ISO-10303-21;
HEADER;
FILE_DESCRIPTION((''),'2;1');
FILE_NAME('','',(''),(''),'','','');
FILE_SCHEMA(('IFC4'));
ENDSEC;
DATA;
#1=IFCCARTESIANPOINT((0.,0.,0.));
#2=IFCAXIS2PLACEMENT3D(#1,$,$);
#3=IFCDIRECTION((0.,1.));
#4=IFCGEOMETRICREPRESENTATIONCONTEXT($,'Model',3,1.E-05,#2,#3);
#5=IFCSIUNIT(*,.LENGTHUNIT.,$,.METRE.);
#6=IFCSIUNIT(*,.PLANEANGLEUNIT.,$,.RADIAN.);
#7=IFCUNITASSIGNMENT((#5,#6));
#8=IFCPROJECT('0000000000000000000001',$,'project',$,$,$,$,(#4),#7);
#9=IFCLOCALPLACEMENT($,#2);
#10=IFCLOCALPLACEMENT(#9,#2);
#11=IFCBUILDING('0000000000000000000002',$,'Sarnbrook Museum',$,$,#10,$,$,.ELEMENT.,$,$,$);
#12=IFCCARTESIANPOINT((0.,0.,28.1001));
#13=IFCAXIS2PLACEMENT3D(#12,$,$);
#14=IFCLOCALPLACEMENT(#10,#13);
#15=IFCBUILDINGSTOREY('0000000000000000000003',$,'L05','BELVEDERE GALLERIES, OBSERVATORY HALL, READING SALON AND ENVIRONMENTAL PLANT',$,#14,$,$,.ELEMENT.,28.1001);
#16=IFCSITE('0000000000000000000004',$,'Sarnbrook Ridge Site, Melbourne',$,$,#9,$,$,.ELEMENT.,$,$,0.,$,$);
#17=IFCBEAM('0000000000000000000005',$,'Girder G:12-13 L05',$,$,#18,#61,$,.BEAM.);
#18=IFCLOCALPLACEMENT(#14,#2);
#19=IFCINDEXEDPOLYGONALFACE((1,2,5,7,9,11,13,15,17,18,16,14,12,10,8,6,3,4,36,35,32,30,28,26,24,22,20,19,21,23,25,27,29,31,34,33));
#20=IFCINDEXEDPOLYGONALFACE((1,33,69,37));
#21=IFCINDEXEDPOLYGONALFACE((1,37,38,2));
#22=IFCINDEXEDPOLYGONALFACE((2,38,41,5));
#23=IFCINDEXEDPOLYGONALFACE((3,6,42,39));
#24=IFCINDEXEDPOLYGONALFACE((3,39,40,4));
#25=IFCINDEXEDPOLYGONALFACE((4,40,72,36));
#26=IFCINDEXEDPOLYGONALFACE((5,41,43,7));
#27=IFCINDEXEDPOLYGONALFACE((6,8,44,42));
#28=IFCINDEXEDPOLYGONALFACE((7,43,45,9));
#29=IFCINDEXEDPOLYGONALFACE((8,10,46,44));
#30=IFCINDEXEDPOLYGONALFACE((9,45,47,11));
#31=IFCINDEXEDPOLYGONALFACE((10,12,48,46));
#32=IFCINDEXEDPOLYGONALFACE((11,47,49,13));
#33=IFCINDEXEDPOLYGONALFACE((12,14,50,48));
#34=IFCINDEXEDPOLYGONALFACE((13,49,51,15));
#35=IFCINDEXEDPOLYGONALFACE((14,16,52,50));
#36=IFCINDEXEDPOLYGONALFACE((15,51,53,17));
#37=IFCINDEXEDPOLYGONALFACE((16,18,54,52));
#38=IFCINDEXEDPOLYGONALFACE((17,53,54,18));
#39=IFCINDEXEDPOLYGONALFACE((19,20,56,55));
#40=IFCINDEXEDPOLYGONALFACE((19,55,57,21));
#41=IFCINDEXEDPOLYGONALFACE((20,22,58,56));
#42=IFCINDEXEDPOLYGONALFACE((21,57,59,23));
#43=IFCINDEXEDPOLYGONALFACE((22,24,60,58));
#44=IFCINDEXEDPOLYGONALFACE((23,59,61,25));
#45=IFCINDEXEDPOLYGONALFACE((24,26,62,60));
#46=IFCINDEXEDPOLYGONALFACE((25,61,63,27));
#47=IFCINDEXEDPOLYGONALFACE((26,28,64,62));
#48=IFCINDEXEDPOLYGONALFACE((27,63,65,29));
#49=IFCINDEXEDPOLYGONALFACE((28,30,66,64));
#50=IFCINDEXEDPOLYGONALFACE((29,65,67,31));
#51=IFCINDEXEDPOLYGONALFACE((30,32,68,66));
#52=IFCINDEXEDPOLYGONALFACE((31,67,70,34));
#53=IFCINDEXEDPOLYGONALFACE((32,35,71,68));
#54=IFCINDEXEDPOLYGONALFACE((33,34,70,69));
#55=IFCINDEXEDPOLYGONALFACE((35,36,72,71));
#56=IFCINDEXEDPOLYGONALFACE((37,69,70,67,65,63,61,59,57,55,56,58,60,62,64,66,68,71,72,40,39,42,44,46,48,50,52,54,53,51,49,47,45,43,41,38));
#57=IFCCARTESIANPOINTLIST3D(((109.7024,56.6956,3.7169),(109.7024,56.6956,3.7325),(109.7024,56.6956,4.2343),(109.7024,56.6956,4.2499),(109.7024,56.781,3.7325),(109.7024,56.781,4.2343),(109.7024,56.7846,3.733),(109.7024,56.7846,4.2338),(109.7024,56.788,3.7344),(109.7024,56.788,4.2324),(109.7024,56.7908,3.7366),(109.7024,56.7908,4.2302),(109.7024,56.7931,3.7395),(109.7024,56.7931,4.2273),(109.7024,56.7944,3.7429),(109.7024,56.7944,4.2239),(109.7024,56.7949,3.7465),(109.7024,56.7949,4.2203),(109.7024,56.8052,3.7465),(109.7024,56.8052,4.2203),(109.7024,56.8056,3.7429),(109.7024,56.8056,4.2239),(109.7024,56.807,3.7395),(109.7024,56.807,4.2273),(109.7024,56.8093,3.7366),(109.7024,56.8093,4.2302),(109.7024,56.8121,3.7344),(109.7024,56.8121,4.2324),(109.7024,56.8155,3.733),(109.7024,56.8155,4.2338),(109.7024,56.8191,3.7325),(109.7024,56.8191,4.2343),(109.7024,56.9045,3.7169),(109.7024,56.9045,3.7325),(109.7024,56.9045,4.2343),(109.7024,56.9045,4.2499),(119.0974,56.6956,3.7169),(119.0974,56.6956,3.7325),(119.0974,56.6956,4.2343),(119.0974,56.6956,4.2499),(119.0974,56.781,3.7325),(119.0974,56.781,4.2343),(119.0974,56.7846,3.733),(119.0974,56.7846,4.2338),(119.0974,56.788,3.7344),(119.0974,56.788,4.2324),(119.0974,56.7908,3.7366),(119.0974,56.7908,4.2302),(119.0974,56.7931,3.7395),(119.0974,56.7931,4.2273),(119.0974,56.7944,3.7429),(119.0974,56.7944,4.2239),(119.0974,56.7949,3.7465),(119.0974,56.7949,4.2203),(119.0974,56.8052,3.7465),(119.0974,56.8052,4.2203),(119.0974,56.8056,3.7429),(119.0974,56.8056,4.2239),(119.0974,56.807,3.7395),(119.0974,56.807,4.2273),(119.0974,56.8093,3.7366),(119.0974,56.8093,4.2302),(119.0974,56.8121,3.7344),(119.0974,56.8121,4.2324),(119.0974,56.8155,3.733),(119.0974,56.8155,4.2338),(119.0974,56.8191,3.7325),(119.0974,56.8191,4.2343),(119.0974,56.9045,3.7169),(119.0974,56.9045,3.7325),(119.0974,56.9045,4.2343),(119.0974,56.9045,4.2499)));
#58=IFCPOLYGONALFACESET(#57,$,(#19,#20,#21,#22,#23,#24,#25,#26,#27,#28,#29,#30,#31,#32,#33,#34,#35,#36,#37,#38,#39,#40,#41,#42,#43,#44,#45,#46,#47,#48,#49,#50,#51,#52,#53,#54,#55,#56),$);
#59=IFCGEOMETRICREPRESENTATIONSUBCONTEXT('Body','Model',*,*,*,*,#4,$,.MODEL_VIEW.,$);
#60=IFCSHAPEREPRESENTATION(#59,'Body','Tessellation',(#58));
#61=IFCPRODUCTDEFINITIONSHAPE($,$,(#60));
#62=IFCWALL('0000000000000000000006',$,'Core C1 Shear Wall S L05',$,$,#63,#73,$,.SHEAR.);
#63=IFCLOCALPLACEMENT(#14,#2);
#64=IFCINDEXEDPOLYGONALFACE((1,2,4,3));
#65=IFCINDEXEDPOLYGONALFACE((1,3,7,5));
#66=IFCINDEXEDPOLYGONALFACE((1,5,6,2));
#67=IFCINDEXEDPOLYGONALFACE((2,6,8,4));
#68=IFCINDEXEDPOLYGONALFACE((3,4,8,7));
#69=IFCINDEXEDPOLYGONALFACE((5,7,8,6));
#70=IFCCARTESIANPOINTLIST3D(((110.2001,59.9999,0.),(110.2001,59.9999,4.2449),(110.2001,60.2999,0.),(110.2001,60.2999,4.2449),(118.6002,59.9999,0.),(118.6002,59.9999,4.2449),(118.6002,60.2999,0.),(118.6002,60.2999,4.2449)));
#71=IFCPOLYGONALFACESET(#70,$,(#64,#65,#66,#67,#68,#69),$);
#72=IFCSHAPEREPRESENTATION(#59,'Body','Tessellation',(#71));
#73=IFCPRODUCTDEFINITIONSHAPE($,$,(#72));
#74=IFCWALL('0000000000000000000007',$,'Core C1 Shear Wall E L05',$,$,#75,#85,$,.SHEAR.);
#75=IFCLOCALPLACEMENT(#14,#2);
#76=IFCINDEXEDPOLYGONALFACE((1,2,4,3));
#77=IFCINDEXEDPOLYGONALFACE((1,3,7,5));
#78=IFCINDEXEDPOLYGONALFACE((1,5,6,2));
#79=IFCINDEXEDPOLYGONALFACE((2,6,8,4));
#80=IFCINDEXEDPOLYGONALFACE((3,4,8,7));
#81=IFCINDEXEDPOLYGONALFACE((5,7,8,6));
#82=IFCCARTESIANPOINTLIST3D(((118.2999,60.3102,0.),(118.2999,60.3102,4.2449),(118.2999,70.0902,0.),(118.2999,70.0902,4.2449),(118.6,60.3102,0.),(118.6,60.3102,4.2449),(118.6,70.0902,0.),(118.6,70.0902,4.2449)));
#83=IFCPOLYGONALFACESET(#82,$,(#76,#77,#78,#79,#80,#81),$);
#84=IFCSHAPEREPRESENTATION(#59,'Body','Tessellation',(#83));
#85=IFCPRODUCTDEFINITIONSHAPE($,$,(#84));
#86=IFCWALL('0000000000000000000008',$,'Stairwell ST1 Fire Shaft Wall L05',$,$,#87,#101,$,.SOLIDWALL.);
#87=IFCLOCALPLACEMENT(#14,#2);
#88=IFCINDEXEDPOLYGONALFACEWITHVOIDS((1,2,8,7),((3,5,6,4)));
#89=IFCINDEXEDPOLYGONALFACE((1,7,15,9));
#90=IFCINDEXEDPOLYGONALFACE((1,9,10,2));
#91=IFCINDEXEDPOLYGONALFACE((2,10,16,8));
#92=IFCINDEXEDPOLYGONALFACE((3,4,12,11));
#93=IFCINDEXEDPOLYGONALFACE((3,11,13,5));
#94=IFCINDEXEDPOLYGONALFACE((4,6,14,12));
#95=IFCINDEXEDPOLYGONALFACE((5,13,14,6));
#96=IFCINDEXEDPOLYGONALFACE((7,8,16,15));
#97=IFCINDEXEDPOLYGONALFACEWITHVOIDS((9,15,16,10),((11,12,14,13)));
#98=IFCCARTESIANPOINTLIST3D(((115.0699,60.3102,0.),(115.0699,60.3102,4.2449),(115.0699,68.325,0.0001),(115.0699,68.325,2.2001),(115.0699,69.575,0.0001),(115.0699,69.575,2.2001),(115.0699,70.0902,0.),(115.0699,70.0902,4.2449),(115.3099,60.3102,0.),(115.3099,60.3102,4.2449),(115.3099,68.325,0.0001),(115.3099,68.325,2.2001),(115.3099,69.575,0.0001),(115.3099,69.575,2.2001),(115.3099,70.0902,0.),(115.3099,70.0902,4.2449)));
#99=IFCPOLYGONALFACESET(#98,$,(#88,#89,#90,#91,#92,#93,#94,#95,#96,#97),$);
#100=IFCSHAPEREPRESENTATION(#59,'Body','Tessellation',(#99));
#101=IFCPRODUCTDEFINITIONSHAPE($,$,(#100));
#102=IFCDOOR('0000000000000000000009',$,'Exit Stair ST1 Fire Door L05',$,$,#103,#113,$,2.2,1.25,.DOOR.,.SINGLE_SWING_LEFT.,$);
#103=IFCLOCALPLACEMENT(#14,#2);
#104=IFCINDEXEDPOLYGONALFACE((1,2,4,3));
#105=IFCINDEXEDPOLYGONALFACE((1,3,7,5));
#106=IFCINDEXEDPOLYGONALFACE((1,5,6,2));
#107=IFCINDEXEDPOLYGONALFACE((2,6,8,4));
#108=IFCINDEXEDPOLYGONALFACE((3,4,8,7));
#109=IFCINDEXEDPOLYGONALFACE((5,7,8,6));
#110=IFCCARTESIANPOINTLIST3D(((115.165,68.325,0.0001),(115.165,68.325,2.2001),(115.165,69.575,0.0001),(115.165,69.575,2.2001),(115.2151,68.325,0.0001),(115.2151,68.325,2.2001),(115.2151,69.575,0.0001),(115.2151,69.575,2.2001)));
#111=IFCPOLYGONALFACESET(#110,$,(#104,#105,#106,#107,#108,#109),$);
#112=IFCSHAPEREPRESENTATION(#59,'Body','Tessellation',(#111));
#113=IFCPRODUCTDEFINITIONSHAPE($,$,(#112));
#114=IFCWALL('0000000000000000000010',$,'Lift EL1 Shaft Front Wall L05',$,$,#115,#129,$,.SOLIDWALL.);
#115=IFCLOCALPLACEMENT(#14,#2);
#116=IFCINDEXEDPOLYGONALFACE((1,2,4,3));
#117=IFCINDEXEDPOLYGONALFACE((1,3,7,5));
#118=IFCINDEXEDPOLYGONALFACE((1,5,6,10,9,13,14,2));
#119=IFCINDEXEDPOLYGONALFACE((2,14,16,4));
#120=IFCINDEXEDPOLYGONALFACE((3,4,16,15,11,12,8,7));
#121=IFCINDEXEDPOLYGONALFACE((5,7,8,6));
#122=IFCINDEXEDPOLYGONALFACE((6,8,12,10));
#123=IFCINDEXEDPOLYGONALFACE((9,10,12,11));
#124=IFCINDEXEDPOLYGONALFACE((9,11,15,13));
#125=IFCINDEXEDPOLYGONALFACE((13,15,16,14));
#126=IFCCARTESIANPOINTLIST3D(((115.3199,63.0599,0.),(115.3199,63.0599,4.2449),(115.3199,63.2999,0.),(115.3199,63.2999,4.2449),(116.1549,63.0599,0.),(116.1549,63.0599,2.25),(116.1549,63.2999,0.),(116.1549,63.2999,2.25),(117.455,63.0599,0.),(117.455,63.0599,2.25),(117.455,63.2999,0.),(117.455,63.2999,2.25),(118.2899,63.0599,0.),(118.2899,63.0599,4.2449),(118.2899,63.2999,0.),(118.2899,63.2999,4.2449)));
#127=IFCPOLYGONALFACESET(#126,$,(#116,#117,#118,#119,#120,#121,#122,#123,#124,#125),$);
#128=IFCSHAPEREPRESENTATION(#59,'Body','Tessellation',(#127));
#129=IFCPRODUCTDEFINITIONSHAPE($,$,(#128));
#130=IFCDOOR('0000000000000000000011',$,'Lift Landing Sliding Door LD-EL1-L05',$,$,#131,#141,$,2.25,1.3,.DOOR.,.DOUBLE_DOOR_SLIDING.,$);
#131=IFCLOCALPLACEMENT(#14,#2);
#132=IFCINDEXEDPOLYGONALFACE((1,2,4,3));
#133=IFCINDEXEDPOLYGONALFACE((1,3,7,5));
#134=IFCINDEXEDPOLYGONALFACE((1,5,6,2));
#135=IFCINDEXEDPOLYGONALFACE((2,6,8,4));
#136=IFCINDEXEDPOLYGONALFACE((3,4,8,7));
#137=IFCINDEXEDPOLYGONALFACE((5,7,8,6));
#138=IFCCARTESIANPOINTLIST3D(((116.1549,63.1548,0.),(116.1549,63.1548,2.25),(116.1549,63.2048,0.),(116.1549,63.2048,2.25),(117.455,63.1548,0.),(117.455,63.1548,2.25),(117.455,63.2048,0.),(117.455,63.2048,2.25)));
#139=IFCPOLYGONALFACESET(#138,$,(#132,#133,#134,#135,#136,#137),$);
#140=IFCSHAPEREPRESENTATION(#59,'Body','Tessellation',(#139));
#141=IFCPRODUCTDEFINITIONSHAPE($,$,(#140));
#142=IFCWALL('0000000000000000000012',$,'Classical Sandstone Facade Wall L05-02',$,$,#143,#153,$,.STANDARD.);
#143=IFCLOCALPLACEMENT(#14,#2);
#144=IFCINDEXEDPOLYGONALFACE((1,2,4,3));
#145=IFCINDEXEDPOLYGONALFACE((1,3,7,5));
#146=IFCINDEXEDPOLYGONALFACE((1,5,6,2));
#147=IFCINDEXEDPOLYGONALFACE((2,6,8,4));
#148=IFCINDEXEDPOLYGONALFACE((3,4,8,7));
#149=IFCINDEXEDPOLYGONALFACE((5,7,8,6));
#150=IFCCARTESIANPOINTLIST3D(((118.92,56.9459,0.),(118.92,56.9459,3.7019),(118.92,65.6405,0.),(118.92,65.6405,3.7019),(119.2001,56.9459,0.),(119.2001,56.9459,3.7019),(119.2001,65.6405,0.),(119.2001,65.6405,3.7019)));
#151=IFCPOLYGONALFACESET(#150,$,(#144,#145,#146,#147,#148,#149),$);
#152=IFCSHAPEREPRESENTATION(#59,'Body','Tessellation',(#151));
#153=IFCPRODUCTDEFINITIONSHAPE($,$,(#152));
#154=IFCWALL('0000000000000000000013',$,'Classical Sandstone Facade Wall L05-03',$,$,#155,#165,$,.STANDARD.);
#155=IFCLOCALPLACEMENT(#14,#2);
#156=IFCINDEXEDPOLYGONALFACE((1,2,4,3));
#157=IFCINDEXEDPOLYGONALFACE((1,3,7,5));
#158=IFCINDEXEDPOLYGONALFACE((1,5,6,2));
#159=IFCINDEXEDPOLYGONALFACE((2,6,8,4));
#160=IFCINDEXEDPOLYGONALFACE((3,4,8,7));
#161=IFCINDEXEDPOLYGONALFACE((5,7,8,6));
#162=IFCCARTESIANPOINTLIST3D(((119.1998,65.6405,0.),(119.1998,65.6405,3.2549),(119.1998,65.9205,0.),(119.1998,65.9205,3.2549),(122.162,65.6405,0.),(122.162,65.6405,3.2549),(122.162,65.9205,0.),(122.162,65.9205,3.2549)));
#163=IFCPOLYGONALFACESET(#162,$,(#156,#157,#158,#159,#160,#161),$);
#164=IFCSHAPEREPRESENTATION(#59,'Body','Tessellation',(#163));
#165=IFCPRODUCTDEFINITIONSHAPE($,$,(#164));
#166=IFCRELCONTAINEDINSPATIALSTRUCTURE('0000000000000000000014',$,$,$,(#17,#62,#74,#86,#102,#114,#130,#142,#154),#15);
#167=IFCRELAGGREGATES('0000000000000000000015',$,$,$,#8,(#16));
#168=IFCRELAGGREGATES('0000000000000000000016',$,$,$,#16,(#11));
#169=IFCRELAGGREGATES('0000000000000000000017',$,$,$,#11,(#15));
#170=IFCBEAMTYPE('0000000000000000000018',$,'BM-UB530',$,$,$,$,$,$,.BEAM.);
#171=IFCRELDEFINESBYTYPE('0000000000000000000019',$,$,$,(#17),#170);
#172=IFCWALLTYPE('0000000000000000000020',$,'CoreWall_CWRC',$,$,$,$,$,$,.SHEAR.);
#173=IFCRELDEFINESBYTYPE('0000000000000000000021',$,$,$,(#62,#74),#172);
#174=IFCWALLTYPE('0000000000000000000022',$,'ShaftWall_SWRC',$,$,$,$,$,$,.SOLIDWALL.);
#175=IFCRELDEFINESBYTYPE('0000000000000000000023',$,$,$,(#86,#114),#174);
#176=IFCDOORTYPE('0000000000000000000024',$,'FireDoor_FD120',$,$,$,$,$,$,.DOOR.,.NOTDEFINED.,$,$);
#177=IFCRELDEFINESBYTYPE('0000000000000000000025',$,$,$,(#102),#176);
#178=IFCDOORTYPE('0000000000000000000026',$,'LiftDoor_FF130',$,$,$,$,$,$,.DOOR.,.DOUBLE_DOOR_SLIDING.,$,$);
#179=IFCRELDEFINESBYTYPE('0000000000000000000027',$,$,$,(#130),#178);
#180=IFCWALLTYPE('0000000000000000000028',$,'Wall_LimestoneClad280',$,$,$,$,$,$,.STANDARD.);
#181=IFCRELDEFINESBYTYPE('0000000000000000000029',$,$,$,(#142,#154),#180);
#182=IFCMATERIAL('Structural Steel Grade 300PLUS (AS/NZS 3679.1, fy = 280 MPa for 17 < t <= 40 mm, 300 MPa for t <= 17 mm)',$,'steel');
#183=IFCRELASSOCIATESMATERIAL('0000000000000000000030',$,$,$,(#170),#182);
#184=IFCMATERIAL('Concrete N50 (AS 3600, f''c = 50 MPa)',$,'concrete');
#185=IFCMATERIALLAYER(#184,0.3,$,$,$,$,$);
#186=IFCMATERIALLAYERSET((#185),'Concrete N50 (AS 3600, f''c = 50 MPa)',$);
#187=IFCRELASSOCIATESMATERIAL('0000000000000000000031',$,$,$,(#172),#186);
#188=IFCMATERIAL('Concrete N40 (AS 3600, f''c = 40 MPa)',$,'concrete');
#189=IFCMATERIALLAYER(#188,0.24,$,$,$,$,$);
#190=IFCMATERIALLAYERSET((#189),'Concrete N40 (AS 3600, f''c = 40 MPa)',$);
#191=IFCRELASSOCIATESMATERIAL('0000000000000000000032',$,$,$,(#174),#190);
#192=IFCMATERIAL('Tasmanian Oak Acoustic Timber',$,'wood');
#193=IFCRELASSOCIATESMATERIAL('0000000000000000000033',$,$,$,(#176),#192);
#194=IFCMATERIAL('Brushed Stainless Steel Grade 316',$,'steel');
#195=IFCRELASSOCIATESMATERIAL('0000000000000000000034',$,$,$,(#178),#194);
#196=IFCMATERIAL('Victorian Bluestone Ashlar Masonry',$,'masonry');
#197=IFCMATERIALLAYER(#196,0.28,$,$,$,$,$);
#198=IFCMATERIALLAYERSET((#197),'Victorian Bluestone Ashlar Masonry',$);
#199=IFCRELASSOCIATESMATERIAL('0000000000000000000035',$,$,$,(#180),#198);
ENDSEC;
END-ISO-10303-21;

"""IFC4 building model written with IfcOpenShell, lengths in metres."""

from ifc_helpers import new_model, si_unit, direction, frame, frame_2d, origin, origin_2d, place, context, subcontext, project, spatial, rectangle, i_section, extrude, material, layer, layer_set, material_profile, profile_set, type_object, element, fill, save


model = new_model("IFC4")

# Units and contexts
model_context = context("Model", 3, precision=1e-05, world=origin(), true_north=direction((0.0, 1.0)))
body_context = subcontext(model_context, "Body", "Model", "MODEL_VIEW")
ifc_project = project(units=[si_unit("LENGTHUNIT", "METRE"), si_unit("PLANEANGLEUNIT", "RADIAN")], contexts=[model_context])

# Site, building, storey
site_placement = place(None, origin())
site = spatial("IfcSite", under=ifc_project, at=site_placement, Name="Sarnbrook Ridge Site, Melbourne", CompositionType="ELEMENT", RefElevation=0.0)
building_placement = place(site_placement, origin())
building = spatial("IfcBuilding", under=site, at=building_placement, Name="Sarnbrook Museum", CompositionType="ELEMENT")
storey_placement = place(building_placement, frame((0.0, 0.0, 28.1001)))
storey = spatial("IfcBuildingStorey", under=building, at=storey_placement, Name="L05", Description="BELVEDERE GALLERIES, OBSERVATORY HALL, READING SALON AND ENVIRONMENTAL PLANT", CompositionType="ELEMENT", Elevation=28.1001)

# Shared definitions
ifc_material_1 = material(Name="Structural Steel Grade 300PLUS (AS/NZS 3679.1, fy = 280 MPa for 17 < t <= 40 mm, 300 MPa for t <= 17 mm)", Category="steel")

# Beam
ifc_material_profile_1 = material_profile(ifc_material_1, i_section(OverallWidth=0.209, OverallDepth=0.533, WebThickness=0.0103, FlangeThickness=0.0156, FilletRadius=0.0139, at=origin_2d()), Name="530UB92.4")
ifc_profile_set_1 = profile_set([ifc_material_profile_1], Name="Structural Steel Grade 300PLUS (AS/NZS 3679.1, fy = 280 MPa for 17 < t <= 40 mm, 300 MPa for t <= 17 mm)")
beam_type_1 = type_object("IfcBeamType", Name="BM-UB530", PredefinedType="BEAM", material=ifc_profile_set_1)
beam_1_placement = place(storey_placement, frame((109.7024, 56.8, 3.9834), z_axis=(1.0, 0.0, 0.0), x_axis=(0.0, 1.0, 0.0)))
element("IfcBeam", 1, at=beam_1_placement, inside=storey, type_object=beam_type_1, Name="Girder G:12-13 L05", PredefinedType="BEAM", context=body_context, shape_type="SweptSolid", body=[
    extrude(i_section(OverallWidth=0.209, OverallDepth=0.533, WebThickness=0.0103, FlangeThickness=0.0156, FilletRadius=0.0139, at=origin_2d()), origin(), (0.0, 0.0, 1.0), 9.395),
])

# Walls
ifc_material_2 = material(Name="Concrete N50 (AS 3600, f'c = 50 MPa)", Category="concrete")
ifc_layer_1 = layer(ifc_material_2, 0.3)
ifc_layer_set_1 = layer_set([ifc_layer_1], Name="Concrete N50 (AS 3600, f'c = 50 MPa)")
wall_type_1 = type_object("IfcWallType", Name="CoreWall_CWRC", PredefinedType="SHEAR", material=ifc_layer_set_1)
wall_1_placement = place(storey_placement, frame((110.2, 60.1499, 0.0), z_axis=(0.0, 0.0, 1.0), x_axis=(1.0, 0.0, 0.0)))
element("IfcWall", 2, at=wall_1_placement, inside=storey, type_object=wall_type_1, Name="Core C1 Shear Wall S L05", PredefinedType="SHEAR", context=body_context, shape_type="SweptSolid", body=[
    extrude(rectangle(XDim=8.4001, YDim=0.3, at=frame_2d((4.2002, 0.0))), origin(), (0.0, 0.0, 1.0), 4.2449),
])
wall_2_placement = place(storey_placement, frame((118.45, 60.3101, 0.0), z_axis=(0.0, 0.0, 1.0), x_axis=(0.0, 1.0, 0.0)))
element("IfcWall", 3, at=wall_2_placement, inside=storey, type_object=wall_type_1, Name="Core C1 Shear Wall E L05", PredefinedType="SHEAR", context=body_context, shape_type="SweptSolid", body=[
    extrude(rectangle(XDim=9.78, YDim=0.3, at=frame_2d((4.8901, 0.0))), origin(), (0.0, 0.0, 1.0), 4.2449),
])

# Walls, openings, doors
ifc_material_3 = material(Name="Concrete N40 (AS 3600, f'c = 40 MPa)", Category="concrete")
ifc_layer_2 = layer(ifc_material_3, 0.24)
ifc_layer_set_2 = layer_set([ifc_layer_2], Name="Concrete N40 (AS 3600, f'c = 40 MPa)")
wall_type_2 = type_object("IfcWallType", Name="ShaftWall_SWRC", PredefinedType="SOLIDWALL", material=ifc_layer_set_2)
wall_3_placement = place(storey_placement, frame((115.1899, 60.3101, 0.0), z_axis=(0.0, 0.0, 1.0), x_axis=(0.0, 1.0, 0.0)))
wall_3 = element("IfcWall", 4, at=wall_3_placement, inside=storey, type_object=wall_type_2, Name="Stairwell ST1 Fire Shaft Wall L05", PredefinedType="SOLIDWALL", context=body_context, shape_type="SweptSolid", body=[
    extrude(rectangle(XDim=9.78, YDim=0.24, at=frame_2d((4.8901, 0.0))), origin(), (0.0, 0.0, 1.0), 4.2449),
])
opening_1_placement = place(wall_3_placement, frame((8.0149, 0.0, 0.0)))
opening_1 = element("IfcOpeningElement", 5, at=opening_1_placement, cuts=wall_3, PredefinedType="OPENING", context=body_context, shape_type="SweptSolid", body=[
    extrude(rectangle(XDim=1.25, YDim=2.2, at=frame_2d((0.625, 1.1001))), frame((0.0, 0.1299, 0.0), z_axis=(0.0, -1.0, 0.0), x_axis=(1.0, 0.0, 0.0)), (0.0, 0.0, 1.0), 0.26),
])
ifc_material_4 = material(Name="Tasmanian Oak Acoustic Timber", Category="wood")
door_type_1 = type_object("IfcDoorType", Name="FireDoor_FD120", OperationType="NOTDEFINED", PredefinedType="DOOR", material=ifc_material_4)
door_1_placement = place(opening_1_placement, origin())
door_1 = element("IfcDoor", 6, at=door_1_placement, inside=storey, type_object=door_type_1, Name="Exit Stair ST1 Fire Door L05", OperationType="SINGLE_SWING_LEFT", OverallHeight=2.2, OverallWidth=1.25, PredefinedType="DOOR", context=body_context, shape_type="SweptSolid", body=[
    extrude(rectangle(XDim=1.25, YDim=2.2, at=frame_2d((0.625, 1.1001))), frame((0.0, 0.0249, 0.0), z_axis=(0.0, -1.0, 0.0), x_axis=(1.0, 0.0, 0.0)), (0.0, 0.0, 1.0), 0.05),
])
fill(opening_1, door_1)
wall_4_placement = place(storey_placement, frame((115.3201, 63.1799, 0.0), z_axis=(0.0, 0.0, 1.0), x_axis=(1.0, 0.0, 0.0)))
wall_4 = element("IfcWall", 7, at=wall_4_placement, inside=storey, type_object=wall_type_2, Name="Lift EL1 Shaft Front Wall L05", PredefinedType="SOLIDWALL", context=body_context, shape_type="SweptSolid", body=[
    extrude(rectangle(XDim=2.97, YDim=0.24, at=frame_2d((1.4849, 0.0))), origin(), (0.0, 0.0, 1.0), 4.2449),
])
opening_2_placement = place(wall_4_placement, frame((0.835, 0.0, 0.0)))
opening_2 = element("IfcOpeningElement", 8, at=opening_2_placement, cuts=wall_4, PredefinedType="OPENING", context=body_context, shape_type="SweptSolid", body=[
    extrude(rectangle(XDim=1.3, YDim=2.25, at=frame_2d((0.6499, 1.125))), frame((0.0, 0.1299, 0.0), z_axis=(0.0, -1.0, 0.0), x_axis=(1.0, 0.0, 0.0)), (0.0, 0.0, 1.0), 0.26),
])
ifc_material_5 = material(Name="Brushed Stainless Steel Grade 316", Category="steel")
door_type_2 = type_object("IfcDoorType", Name="LiftDoor_FF130", OperationType="DOUBLE_DOOR_SLIDING", PredefinedType="DOOR", material=ifc_material_5)
door_2_placement = place(opening_2_placement, origin())
door_2 = element("IfcDoor", 9, at=door_2_placement, inside=storey, type_object=door_type_2, Name="Lift Landing Sliding Door LD-EL1-L05", OperationType="DOUBLE_DOOR_SLIDING", OverallHeight=2.25, OverallWidth=1.3, PredefinedType="DOOR", context=body_context, shape_type="SweptSolid", body=[
    extrude(rectangle(XDim=1.3, YDim=2.25, at=frame_2d((0.6499, 1.125))), frame((0.0, 0.0249, 0.0), z_axis=(0.0, -1.0, 0.0), x_axis=(1.0, 0.0, 0.0)), (0.0, 0.0, 1.0), 0.05),
])
fill(opening_2, door_2)

# Walls
ifc_material_6 = material(Name="Victorian Bluestone Ashlar Masonry", Category="masonry")
ifc_layer_3 = layer(ifc_material_6, 0.28)
ifc_layer_set_3 = layer_set([ifc_layer_3], Name="Victorian Bluestone Ashlar Masonry")
wall_type_3 = type_object("IfcWallType", Name="Wall_LimestoneClad280", PredefinedType="STANDARD", material=ifc_layer_set_3)
wall_5_placement = place(storey_placement, frame((119.0601, 56.946, 0.0), z_axis=(0.0, 0.0, 1.0), x_axis=(0.0, 1.0, 0.0)))
element("IfcWall", 10, at=wall_5_placement, inside=storey, type_object=wall_type_3, Name="Classical Sandstone Facade Wall L05-02", PredefinedType="STANDARD", context=body_context, shape_type="SweptSolid", body=[
    extrude(rectangle(XDim=8.6946, YDim=0.28, at=frame_2d((4.3472, 0.0))), origin(), (0.0, 0.0, 1.0), 3.7019),
])
wall_6_placement = place(storey_placement, frame((119.2, 65.7805, 0.0), z_axis=(0.0, 0.0, 1.0), x_axis=(1.0, 0.0, 0.0)))
element("IfcWall", 11, at=wall_6_placement, inside=storey, type_object=wall_type_3, Name="Classical Sandstone Facade Wall L05-03", PredefinedType="STANDARD", context=body_context, shape_type="SweptSolid", body=[
    extrude(rectangle(XDim=2.9622, YDim=0.28, at=frame_2d((1.481, 0.0))), origin(), (0.0, 0.0, 1.0), 3.2549),
])

save(model, "model.ifc")
